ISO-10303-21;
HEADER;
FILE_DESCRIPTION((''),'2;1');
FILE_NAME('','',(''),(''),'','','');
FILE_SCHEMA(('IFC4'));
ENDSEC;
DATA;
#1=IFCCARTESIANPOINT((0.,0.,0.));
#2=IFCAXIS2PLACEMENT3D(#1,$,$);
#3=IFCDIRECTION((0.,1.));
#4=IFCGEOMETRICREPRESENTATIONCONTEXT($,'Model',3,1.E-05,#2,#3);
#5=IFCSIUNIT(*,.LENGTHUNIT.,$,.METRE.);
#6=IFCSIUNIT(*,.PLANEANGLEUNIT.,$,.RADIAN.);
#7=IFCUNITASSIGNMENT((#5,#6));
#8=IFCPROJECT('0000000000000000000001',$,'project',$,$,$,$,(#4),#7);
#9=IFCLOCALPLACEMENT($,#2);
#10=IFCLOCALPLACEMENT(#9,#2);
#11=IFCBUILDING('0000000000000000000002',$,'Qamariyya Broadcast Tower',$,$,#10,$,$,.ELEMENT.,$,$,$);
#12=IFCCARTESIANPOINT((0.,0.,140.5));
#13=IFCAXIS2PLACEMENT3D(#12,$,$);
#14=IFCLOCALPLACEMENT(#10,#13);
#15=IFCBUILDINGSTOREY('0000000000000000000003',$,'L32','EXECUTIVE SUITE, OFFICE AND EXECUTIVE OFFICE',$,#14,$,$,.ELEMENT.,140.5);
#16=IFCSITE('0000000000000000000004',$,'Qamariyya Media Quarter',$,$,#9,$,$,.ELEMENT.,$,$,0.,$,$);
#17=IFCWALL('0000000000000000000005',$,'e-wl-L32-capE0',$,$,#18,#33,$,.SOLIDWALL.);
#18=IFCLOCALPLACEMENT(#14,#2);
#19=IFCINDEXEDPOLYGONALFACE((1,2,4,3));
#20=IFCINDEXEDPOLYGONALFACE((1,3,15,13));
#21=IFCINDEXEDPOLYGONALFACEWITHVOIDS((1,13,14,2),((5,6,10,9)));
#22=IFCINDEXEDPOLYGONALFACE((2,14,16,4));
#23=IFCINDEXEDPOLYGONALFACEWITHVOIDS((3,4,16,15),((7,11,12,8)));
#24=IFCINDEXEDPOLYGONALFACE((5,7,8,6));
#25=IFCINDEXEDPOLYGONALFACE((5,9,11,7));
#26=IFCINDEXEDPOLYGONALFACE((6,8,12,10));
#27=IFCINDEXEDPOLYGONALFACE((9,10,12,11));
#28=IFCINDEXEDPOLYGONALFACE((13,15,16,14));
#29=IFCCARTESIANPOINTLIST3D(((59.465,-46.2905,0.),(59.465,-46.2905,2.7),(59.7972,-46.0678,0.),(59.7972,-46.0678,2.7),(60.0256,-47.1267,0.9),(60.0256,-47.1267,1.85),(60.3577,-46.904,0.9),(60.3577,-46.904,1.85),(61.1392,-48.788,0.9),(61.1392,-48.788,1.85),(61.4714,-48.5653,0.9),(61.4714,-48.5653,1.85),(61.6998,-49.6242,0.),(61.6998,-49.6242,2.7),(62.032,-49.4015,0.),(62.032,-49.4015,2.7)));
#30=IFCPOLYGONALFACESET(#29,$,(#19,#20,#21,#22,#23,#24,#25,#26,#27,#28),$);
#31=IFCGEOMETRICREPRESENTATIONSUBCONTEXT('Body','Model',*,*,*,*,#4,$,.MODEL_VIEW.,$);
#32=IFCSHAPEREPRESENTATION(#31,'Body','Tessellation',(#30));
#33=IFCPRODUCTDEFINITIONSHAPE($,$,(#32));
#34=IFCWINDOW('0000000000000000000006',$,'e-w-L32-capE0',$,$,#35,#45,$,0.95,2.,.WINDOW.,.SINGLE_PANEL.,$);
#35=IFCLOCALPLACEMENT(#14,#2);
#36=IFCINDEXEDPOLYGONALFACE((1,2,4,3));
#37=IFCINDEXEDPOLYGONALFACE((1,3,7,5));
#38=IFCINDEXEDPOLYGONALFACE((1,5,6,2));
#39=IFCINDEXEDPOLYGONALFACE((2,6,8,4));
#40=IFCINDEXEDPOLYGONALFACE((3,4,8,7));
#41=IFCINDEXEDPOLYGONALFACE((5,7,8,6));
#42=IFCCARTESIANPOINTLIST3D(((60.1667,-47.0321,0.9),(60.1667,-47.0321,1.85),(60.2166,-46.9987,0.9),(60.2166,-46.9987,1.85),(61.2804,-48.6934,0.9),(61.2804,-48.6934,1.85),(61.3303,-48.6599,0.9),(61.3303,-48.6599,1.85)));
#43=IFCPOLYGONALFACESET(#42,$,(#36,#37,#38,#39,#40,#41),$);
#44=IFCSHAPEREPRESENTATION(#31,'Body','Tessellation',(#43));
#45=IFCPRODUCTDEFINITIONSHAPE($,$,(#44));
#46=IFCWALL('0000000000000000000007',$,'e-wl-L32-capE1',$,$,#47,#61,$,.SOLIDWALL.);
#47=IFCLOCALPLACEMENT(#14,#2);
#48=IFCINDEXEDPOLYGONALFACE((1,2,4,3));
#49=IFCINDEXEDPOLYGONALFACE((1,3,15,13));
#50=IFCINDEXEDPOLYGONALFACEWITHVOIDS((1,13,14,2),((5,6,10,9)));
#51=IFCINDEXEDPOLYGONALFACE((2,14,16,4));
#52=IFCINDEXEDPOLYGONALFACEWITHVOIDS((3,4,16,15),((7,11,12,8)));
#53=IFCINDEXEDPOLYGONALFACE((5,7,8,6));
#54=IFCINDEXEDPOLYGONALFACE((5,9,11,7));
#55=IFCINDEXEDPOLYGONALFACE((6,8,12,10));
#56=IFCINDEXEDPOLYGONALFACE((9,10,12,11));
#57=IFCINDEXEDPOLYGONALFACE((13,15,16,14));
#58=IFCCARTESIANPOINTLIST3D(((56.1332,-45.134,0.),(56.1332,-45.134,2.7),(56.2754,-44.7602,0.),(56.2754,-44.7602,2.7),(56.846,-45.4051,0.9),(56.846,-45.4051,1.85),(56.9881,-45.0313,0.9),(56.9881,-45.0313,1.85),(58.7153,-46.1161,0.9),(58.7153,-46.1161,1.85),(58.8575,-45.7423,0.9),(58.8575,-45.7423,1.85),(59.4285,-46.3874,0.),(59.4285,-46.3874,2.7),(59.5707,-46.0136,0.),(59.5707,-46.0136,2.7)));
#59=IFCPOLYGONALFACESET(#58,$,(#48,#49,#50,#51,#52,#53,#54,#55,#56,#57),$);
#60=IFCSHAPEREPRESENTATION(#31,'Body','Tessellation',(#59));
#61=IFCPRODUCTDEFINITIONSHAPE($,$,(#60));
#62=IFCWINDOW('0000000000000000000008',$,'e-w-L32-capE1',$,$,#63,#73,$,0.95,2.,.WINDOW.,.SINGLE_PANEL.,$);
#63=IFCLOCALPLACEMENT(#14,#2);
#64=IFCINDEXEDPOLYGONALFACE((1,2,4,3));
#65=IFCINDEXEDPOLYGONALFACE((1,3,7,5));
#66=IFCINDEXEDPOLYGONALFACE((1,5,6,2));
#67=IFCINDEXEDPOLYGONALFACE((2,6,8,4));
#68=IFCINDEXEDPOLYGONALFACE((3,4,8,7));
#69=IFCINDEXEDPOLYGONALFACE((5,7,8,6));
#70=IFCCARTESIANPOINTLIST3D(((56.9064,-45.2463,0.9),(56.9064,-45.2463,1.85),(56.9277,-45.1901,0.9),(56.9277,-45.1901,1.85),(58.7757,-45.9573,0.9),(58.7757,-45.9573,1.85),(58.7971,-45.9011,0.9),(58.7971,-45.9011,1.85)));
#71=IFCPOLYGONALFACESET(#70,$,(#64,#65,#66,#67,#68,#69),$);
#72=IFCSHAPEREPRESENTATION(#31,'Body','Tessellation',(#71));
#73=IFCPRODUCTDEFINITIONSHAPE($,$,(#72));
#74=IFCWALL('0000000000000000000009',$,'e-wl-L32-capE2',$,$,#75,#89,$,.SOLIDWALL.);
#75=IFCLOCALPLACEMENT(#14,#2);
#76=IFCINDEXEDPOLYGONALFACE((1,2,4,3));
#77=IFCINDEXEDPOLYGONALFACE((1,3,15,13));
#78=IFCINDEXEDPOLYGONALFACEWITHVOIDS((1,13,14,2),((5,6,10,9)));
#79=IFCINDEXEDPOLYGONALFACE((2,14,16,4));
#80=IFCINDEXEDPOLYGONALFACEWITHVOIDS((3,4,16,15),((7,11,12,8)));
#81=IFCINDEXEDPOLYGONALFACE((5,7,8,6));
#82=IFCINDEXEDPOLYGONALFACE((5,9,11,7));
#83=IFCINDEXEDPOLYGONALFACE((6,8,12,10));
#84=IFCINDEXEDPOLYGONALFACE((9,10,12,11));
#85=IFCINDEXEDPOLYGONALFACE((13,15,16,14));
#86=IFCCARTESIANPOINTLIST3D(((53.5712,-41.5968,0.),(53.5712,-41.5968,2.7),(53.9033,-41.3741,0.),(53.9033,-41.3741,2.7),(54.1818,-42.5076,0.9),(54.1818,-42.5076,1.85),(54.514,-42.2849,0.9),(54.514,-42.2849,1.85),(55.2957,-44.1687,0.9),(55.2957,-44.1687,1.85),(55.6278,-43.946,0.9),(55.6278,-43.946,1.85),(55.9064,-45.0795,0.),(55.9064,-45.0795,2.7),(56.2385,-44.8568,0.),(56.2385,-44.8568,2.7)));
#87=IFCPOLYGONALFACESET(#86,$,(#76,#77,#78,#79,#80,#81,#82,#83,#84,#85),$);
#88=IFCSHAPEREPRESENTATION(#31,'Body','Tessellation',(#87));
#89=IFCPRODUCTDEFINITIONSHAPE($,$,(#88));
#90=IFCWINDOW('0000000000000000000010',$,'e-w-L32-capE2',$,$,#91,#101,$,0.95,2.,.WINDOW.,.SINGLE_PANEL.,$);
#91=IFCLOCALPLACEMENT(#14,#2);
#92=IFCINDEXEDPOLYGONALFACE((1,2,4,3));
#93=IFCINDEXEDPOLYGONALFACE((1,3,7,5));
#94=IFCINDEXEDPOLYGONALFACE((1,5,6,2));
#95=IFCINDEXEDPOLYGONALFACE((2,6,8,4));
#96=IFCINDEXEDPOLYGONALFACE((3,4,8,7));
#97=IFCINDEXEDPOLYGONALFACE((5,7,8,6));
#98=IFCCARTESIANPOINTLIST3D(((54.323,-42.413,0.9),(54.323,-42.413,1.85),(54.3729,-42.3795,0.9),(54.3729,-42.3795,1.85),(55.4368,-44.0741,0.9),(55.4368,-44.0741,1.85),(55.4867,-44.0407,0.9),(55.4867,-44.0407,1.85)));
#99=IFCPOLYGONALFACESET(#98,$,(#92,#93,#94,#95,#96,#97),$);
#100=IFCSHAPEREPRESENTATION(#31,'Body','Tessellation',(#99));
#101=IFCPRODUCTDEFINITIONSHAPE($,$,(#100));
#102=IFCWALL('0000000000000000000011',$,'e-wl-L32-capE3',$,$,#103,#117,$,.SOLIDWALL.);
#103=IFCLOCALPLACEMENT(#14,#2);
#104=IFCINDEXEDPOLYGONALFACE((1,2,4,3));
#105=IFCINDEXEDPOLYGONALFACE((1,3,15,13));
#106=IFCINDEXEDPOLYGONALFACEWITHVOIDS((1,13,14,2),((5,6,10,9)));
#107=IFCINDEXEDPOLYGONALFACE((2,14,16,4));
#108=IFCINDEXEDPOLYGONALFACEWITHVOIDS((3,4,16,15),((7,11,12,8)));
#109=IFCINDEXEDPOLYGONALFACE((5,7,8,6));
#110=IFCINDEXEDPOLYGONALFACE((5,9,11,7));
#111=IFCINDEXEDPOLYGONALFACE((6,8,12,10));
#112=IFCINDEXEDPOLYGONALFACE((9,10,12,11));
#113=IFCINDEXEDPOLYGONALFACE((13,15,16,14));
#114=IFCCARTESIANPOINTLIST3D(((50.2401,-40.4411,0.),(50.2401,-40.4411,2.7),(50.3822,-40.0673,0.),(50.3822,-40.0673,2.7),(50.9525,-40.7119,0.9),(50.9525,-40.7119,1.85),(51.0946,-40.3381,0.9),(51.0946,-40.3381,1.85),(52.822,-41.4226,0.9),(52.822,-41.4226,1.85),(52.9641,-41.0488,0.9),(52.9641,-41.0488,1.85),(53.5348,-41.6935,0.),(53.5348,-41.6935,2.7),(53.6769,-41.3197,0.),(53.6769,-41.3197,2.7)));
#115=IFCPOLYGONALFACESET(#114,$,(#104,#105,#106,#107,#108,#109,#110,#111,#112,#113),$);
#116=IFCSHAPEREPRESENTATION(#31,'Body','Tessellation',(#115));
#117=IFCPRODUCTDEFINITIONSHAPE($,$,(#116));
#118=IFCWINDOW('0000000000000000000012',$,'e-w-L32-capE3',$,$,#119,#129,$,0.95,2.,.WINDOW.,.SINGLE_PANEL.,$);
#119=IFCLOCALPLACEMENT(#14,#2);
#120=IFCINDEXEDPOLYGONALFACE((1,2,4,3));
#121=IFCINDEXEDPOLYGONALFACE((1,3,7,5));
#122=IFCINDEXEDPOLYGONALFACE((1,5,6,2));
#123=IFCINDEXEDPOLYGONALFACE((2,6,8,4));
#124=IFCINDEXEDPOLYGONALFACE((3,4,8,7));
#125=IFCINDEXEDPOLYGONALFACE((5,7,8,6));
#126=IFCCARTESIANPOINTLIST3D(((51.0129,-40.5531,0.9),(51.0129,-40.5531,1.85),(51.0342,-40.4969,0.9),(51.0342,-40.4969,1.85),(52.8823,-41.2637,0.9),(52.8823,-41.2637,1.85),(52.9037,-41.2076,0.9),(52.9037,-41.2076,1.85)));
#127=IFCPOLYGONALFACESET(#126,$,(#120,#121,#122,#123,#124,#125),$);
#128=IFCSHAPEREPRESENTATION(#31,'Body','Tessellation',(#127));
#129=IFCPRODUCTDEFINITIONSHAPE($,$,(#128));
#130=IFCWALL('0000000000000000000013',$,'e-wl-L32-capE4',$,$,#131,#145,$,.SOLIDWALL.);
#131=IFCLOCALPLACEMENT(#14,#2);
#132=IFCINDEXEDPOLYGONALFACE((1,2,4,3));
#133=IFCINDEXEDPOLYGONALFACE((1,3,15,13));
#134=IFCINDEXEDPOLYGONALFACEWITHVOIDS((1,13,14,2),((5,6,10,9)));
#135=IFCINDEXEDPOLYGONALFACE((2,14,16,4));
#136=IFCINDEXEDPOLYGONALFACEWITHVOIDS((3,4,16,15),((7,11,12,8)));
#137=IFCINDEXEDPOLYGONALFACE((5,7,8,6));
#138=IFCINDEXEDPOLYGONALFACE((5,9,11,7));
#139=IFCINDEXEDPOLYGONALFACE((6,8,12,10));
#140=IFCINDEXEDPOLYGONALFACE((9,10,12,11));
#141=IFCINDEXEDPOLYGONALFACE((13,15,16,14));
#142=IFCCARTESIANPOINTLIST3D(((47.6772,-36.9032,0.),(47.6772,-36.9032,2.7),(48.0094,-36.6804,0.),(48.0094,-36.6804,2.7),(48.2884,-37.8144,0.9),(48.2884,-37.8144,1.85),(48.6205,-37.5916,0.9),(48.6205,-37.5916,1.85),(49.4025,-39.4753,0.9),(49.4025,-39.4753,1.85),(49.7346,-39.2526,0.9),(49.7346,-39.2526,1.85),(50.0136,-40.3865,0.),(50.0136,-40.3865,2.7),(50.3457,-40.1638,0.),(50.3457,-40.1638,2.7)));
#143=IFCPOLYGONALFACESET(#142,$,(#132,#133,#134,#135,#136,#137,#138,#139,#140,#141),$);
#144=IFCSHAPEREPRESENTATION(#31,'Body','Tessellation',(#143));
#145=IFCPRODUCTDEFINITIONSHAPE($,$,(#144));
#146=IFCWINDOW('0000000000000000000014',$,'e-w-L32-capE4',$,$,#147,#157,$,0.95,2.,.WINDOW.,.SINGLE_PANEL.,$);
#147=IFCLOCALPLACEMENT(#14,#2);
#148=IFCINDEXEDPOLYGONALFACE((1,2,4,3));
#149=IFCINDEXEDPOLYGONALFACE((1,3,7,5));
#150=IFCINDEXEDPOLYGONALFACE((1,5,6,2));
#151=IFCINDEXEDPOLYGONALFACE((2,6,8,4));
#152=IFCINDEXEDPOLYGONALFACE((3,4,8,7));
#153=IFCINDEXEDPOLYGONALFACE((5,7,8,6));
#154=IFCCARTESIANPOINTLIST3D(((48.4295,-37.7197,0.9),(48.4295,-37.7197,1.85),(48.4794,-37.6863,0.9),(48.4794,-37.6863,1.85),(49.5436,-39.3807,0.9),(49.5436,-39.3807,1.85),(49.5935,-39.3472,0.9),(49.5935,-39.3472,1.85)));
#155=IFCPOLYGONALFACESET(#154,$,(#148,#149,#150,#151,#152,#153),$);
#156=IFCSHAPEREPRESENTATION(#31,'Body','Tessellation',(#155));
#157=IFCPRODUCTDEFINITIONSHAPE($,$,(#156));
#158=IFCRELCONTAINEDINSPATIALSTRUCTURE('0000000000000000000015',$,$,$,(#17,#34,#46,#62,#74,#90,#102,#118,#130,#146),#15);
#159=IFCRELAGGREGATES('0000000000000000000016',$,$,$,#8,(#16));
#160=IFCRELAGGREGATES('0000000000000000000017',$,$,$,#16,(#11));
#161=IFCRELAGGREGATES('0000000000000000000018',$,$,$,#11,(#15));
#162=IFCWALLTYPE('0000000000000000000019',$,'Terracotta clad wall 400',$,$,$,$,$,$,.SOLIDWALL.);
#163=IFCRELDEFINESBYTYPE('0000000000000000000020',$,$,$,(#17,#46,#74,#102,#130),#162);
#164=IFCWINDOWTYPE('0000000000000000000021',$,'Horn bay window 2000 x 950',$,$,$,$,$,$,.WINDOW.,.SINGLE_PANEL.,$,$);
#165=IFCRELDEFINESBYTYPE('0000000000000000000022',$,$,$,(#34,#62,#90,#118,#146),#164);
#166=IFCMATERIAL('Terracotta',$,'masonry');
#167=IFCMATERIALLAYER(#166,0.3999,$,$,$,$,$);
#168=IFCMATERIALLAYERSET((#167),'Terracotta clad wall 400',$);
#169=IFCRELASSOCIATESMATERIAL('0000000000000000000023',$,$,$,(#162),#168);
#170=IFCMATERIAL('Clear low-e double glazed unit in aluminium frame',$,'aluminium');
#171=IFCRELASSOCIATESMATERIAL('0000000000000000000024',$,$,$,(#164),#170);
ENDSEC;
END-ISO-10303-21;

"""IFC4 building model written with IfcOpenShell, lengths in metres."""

from ifc_helpers import new_model, si_unit, direction, frame, frame_2d, origin, place, context, subcontext, project, spatial, rectangle, extrude, material, layer, layer_set, type_object, element, fill, save


model = new_model("IFC4")

# Units and contexts
model_context = context("Model", 3, precision=1e-05, world=origin(), true_north=direction((0.0, 1.0)))
body_context = subcontext(model_context, "Body", "Model", "MODEL_VIEW")
ifc_project = project(units=[si_unit("LENGTHUNIT", "METRE"), si_unit("PLANEANGLEUNIT", "RADIAN")], contexts=[model_context])

# Site, building, storey
site_placement = place(None, origin())
site = spatial("IfcSite", under=ifc_project, at=site_placement, Name="Qamariyya Media Quarter", CompositionType="ELEMENT", RefElevation=0.0)
building_placement = place(site_placement, origin())
building = spatial("IfcBuilding", under=site, at=building_placement, Name="Qamariyya Broadcast Tower", CompositionType="ELEMENT")
storey_placement = place(building_placement, frame((0.0, 0.0, 140.5)))
storey = spatial("IfcBuildingStorey", under=building, at=storey_placement, Name="L32", Description="EXECUTIVE SUITE, OFFICE AND EXECUTIVE OFFICE", CompositionType="ELEMENT", Elevation=140.5)

# Walls, openings, windows
ifc_material_1 = material(Name="Terracotta", Category="masonry")
ifc_layer_1 = layer(ifc_material_1, 0.3999)
ifc_layer_set_1 = layer_set([ifc_layer_1], Name="Terracotta clad wall 400")
wall_type_1 = type_object("IfcWallType", Name="Terracotta clad wall 400", PredefinedType="SOLIDWALL", material=ifc_layer_set_1)
wall_1_placement = place(storey_placement, frame((61.866, -49.5129, 0.0), z_axis=(0.0, 0.0, 1.0), x_axis=(-0.556832, 0.830625, 0.0)))
wall_1 = element("IfcWall", 1, at=wall_1_placement, inside=storey, type_object=wall_type_1, Name="e-wl-L32-capE0", PredefinedType="SOLIDWALL", context=body_context, shape_type="SweptSolid", body=[
    extrude(rectangle(XDim=4.0134, YDim=0.3999, at=frame_2d((2.0068, 0.0))), origin(), (0.0, 0.0, 1.0), 2.7),
])
opening_1_placement = place(wall_1_placement, frame((1.0068, 0.0, 0.8999)))
opening_1 = element("IfcOpeningElement", 2, at=opening_1_placement, cuts=wall_1, PredefinedType="OPENING", context=body_context, shape_type="SweptSolid", body=[
    extrude(rectangle(XDim=2.0, YDim=0.95, at=frame_2d((1.0, 0.4751))), frame((0.0, 0.21, 0.0), z_axis=(0.0, -1.0, 0.0), x_axis=(1.0, 0.0, 0.0)), (0.0, 0.0, 1.0), 0.4199),
])
ifc_material_2 = material(Name="Clear low-e double glazed unit in aluminium frame", Category="aluminium")
window_type = type_object("IfcWindowType", Name="Horn bay window 2000 x 950", PartitioningType="SINGLE_PANEL", PredefinedType="WINDOW", material=ifc_material_2)
window_1_placement = place(opening_1_placement, origin())
window_1 = element("IfcWindow", 3, at=window_1_placement, inside=storey, type_object=window_type, Name="e-w-L32-capE0", OverallHeight=0.95, OverallWidth=2.0, PartitioningType="SINGLE_PANEL", PredefinedType="WINDOW", context=body_context, shape_type="SweptSolid", body=[
    extrude(rectangle(XDim=2.0, YDim=0.95, at=frame_2d((1.0, 0.4751))), frame((0.0, 0.03, 0.0), z_axis=(0.0, -1.0, 0.0), x_axis=(1.0, 0.0, 0.0)), (0.0, 0.0, 1.0), 0.0601),
])
fill(opening_1, window_1)
wall_2_placement = place(storey_placement, frame((59.4995, -46.2004, 0.0), z_axis=(0.0, 0.0, 1.0), x_axis=(-0.934674, 0.355506, 0.0)))
wall_2 = element("IfcWall", 4, at=wall_2_placement, inside=storey, type_object=wall_type_1, Name="e-wl-L32-capE1", PredefinedType="SOLIDWALL", context=body_context, shape_type="SweptSolid", body=[
    extrude(rectangle(XDim=3.5256, YDim=0.3999, at=frame_2d((1.7627, 0.0))), origin(), (0.0, 0.0, 1.0), 2.7),
])
opening_2_placement = place(wall_2_placement, frame((0.7629, 0.0, 0.8999)))
opening_2 = element("IfcOpeningElement", 5, at=opening_2_placement, cuts=wall_2, PredefinedType="OPENING", context=body_context, shape_type="SweptSolid", body=[
    extrude(rectangle(XDim=2.0, YDim=0.95, at=frame_2d((1.0, 0.4751))), frame((0.0, 0.21, 0.0), z_axis=(0.0, -1.0, 0.0), x_axis=(1.0, 0.0, 0.0)), (0.0, 0.0, 1.0), 0.4199),
])
window_2_placement = place(opening_2_placement, origin())
window_2 = element("IfcWindow", 6, at=window_2_placement, inside=storey, type_object=window_type, Name="e-w-L32-capE1", OverallHeight=0.95, OverallWidth=2.0, PartitioningType="SINGLE_PANEL", PredefinedType="WINDOW", context=body_context, shape_type="SweptSolid", body=[
    extrude(rectangle(XDim=2.0, YDim=0.95, at=frame_2d((1.0, 0.4751))), frame((0.0, 0.03, 0.0), z_axis=(0.0, -1.0, 0.0), x_axis=(1.0, 0.0, 0.0)), (0.0, 0.0, 1.0), 0.0601),
])
fill(opening_2, window_2)
wall_3_placement = place(storey_placement, frame((56.0725, -44.9683, 0.0), z_axis=(0.0, 0.0, 1.0), x_axis=(-0.556915, 0.830569, 0.0)))
wall_3 = element("IfcWall", 7, at=wall_3_placement, inside=storey, type_object=wall_type_1, Name="e-wl-L32-capE2", PredefinedType="SOLIDWALL", context=body_context, shape_type="SweptSolid", body=[
    extrude(rectangle(XDim=4.1931, YDim=0.3999, at=frame_2d((2.0967, 0.0))), origin(), (0.0, 0.0, 1.0), 2.7),
])
opening_3_placement = place(wall_3_placement, frame((1.0967, 0.0, 0.8999)))
opening_3 = element("IfcOpeningElement", 8, at=opening_3_placement, cuts=wall_3, PredefinedType="OPENING", context=body_context, shape_type="SweptSolid", body=[
    extrude(rectangle(XDim=2.0, YDim=0.95, at=frame_2d((1.0, 0.4751))), frame((0.0, 0.21, 0.0), z_axis=(0.0, -1.0, 0.0), x_axis=(1.0, 0.0, 0.0)), (0.0, 0.0, 1.0), 0.4199),
])
window_3_placement = place(opening_3_placement, origin())
window_3 = element("IfcWindow", 9, at=window_3_placement, inside=storey, type_object=window_type, Name="e-w-L32-capE2", OverallHeight=0.95, OverallWidth=2.0, PartitioningType="SINGLE_PANEL", PredefinedType="WINDOW", context=body_context, shape_type="SweptSolid", body=[
    extrude(rectangle(XDim=2.0, YDim=0.95, at=frame_2d((1.0, 0.4751))), frame((0.0, 0.03, 0.0), z_axis=(0.0, -1.0, 0.0), x_axis=(1.0, 0.0, 0.0)), (0.0, 0.0, 1.0), 0.0601),
])
fill(opening_3, window_3)
wall_4_placement = place(storey_placement, frame((53.6057, -41.5066, 0.0), z_axis=(0.0, 0.0, 1.0), x_axis=(-0.93474, 0.355333, 0.0)))
wall_4 = element("IfcWall", 10, at=wall_4_placement, inside=storey, type_object=wall_type_1, Name="e-wl-L32-capE3", PredefinedType="SOLIDWALL", context=body_context, shape_type="SweptSolid", body=[
    extrude(rectangle(XDim=3.5247, YDim=0.3999, at=frame_2d((1.7622, 0.0))), origin(), (0.0, 0.0, 1.0), 2.7),
])
opening_4_placement = place(wall_4_placement, frame((0.7625, 0.0, 0.8999)))
opening_4 = element("IfcOpeningElement", 11, at=opening_4_placement, cuts=wall_4, PredefinedType="OPENING", context=body_context, shape_type="SweptSolid", body=[
    extrude(rectangle(XDim=2.0, YDim=0.95, at=frame_2d((1.0, 0.4751))), frame((0.0, 0.21, 0.0), z_axis=(0.0, -1.0, 0.0), x_axis=(1.0, 0.0, 0.0)), (0.0, 0.0, 1.0), 0.4199),
])
window_4_placement = place(opening_4_placement, origin())
window_4 = element("IfcWindow", 12, at=window_4_placement, inside=storey, type_object=window_type, Name="e-w-L32-capE3", OverallHeight=0.95, OverallWidth=2.0, PartitioningType="SINGLE_PANEL", PredefinedType="WINDOW", context=body_context, shape_type="SweptSolid", body=[
    extrude(rectangle(XDim=2.0, YDim=0.95, at=frame_2d((1.0, 0.4751))), frame((0.0, 0.03, 0.0), z_axis=(0.0, -1.0, 0.0), x_axis=(1.0, 0.0, 0.0)), (0.0, 0.0, 1.0), 0.0601),
])
fill(opening_4, window_4)
wall_5_placement = place(storey_placement, frame((50.1797, -40.2751, 0.0), z_axis=(0.0, 0.0, 1.0), x_axis=(-0.557035, 0.830489, 0.0)))
wall_5 = element("IfcWall", 13, at=wall_5_placement, inside=storey, type_object=wall_type_1, Name="e-wl-L32-capE4", PredefinedType="SOLIDWALL", context=body_context, shape_type="SweptSolid", body=[
    extrude(rectangle(XDim=4.1943, YDim=0.3999, at=frame_2d((2.0972, 0.0))), origin(), (0.0, 0.0, 1.0), 2.7),
])
opening_5_placement = place(wall_5_placement, frame((1.0972, 0.0, 0.8999)))
opening_5 = element("IfcOpeningElement", 14, at=opening_5_placement, cuts=wall_5, PredefinedType="OPENING", context=body_context, shape_type="SweptSolid", body=[
    extrude(rectangle(XDim=2.0, YDim=0.95, at=frame_2d((1.0, 0.4751))), frame((0.0, 0.21, 0.0), z_axis=(0.0, -1.0, 0.0), x_axis=(1.0, 0.0, 0.0)), (0.0, 0.0, 1.0), 0.4199),
])
window_5_placement = place(opening_5_placement, origin())
window_5 = element("IfcWindow", 15, at=window_5_placement, inside=storey, type_object=window_type, Name="e-w-L32-capE4", OverallHeight=0.95, OverallWidth=2.0, PartitioningType="SINGLE_PANEL", PredefinedType="WINDOW", context=body_context, shape_type="SweptSolid", body=[
    extrude(rectangle(XDim=2.0, YDim=0.95, at=frame_2d((1.0, 0.4751))), frame((0.0, 0.03, 0.0), z_axis=(0.0, -1.0, 0.0), x_axis=(1.0, 0.0, 0.0)), (0.0, 0.0, 1.0), 0.0601),
])
fill(opening_5, window_5)

save(model, "model.ifc")
